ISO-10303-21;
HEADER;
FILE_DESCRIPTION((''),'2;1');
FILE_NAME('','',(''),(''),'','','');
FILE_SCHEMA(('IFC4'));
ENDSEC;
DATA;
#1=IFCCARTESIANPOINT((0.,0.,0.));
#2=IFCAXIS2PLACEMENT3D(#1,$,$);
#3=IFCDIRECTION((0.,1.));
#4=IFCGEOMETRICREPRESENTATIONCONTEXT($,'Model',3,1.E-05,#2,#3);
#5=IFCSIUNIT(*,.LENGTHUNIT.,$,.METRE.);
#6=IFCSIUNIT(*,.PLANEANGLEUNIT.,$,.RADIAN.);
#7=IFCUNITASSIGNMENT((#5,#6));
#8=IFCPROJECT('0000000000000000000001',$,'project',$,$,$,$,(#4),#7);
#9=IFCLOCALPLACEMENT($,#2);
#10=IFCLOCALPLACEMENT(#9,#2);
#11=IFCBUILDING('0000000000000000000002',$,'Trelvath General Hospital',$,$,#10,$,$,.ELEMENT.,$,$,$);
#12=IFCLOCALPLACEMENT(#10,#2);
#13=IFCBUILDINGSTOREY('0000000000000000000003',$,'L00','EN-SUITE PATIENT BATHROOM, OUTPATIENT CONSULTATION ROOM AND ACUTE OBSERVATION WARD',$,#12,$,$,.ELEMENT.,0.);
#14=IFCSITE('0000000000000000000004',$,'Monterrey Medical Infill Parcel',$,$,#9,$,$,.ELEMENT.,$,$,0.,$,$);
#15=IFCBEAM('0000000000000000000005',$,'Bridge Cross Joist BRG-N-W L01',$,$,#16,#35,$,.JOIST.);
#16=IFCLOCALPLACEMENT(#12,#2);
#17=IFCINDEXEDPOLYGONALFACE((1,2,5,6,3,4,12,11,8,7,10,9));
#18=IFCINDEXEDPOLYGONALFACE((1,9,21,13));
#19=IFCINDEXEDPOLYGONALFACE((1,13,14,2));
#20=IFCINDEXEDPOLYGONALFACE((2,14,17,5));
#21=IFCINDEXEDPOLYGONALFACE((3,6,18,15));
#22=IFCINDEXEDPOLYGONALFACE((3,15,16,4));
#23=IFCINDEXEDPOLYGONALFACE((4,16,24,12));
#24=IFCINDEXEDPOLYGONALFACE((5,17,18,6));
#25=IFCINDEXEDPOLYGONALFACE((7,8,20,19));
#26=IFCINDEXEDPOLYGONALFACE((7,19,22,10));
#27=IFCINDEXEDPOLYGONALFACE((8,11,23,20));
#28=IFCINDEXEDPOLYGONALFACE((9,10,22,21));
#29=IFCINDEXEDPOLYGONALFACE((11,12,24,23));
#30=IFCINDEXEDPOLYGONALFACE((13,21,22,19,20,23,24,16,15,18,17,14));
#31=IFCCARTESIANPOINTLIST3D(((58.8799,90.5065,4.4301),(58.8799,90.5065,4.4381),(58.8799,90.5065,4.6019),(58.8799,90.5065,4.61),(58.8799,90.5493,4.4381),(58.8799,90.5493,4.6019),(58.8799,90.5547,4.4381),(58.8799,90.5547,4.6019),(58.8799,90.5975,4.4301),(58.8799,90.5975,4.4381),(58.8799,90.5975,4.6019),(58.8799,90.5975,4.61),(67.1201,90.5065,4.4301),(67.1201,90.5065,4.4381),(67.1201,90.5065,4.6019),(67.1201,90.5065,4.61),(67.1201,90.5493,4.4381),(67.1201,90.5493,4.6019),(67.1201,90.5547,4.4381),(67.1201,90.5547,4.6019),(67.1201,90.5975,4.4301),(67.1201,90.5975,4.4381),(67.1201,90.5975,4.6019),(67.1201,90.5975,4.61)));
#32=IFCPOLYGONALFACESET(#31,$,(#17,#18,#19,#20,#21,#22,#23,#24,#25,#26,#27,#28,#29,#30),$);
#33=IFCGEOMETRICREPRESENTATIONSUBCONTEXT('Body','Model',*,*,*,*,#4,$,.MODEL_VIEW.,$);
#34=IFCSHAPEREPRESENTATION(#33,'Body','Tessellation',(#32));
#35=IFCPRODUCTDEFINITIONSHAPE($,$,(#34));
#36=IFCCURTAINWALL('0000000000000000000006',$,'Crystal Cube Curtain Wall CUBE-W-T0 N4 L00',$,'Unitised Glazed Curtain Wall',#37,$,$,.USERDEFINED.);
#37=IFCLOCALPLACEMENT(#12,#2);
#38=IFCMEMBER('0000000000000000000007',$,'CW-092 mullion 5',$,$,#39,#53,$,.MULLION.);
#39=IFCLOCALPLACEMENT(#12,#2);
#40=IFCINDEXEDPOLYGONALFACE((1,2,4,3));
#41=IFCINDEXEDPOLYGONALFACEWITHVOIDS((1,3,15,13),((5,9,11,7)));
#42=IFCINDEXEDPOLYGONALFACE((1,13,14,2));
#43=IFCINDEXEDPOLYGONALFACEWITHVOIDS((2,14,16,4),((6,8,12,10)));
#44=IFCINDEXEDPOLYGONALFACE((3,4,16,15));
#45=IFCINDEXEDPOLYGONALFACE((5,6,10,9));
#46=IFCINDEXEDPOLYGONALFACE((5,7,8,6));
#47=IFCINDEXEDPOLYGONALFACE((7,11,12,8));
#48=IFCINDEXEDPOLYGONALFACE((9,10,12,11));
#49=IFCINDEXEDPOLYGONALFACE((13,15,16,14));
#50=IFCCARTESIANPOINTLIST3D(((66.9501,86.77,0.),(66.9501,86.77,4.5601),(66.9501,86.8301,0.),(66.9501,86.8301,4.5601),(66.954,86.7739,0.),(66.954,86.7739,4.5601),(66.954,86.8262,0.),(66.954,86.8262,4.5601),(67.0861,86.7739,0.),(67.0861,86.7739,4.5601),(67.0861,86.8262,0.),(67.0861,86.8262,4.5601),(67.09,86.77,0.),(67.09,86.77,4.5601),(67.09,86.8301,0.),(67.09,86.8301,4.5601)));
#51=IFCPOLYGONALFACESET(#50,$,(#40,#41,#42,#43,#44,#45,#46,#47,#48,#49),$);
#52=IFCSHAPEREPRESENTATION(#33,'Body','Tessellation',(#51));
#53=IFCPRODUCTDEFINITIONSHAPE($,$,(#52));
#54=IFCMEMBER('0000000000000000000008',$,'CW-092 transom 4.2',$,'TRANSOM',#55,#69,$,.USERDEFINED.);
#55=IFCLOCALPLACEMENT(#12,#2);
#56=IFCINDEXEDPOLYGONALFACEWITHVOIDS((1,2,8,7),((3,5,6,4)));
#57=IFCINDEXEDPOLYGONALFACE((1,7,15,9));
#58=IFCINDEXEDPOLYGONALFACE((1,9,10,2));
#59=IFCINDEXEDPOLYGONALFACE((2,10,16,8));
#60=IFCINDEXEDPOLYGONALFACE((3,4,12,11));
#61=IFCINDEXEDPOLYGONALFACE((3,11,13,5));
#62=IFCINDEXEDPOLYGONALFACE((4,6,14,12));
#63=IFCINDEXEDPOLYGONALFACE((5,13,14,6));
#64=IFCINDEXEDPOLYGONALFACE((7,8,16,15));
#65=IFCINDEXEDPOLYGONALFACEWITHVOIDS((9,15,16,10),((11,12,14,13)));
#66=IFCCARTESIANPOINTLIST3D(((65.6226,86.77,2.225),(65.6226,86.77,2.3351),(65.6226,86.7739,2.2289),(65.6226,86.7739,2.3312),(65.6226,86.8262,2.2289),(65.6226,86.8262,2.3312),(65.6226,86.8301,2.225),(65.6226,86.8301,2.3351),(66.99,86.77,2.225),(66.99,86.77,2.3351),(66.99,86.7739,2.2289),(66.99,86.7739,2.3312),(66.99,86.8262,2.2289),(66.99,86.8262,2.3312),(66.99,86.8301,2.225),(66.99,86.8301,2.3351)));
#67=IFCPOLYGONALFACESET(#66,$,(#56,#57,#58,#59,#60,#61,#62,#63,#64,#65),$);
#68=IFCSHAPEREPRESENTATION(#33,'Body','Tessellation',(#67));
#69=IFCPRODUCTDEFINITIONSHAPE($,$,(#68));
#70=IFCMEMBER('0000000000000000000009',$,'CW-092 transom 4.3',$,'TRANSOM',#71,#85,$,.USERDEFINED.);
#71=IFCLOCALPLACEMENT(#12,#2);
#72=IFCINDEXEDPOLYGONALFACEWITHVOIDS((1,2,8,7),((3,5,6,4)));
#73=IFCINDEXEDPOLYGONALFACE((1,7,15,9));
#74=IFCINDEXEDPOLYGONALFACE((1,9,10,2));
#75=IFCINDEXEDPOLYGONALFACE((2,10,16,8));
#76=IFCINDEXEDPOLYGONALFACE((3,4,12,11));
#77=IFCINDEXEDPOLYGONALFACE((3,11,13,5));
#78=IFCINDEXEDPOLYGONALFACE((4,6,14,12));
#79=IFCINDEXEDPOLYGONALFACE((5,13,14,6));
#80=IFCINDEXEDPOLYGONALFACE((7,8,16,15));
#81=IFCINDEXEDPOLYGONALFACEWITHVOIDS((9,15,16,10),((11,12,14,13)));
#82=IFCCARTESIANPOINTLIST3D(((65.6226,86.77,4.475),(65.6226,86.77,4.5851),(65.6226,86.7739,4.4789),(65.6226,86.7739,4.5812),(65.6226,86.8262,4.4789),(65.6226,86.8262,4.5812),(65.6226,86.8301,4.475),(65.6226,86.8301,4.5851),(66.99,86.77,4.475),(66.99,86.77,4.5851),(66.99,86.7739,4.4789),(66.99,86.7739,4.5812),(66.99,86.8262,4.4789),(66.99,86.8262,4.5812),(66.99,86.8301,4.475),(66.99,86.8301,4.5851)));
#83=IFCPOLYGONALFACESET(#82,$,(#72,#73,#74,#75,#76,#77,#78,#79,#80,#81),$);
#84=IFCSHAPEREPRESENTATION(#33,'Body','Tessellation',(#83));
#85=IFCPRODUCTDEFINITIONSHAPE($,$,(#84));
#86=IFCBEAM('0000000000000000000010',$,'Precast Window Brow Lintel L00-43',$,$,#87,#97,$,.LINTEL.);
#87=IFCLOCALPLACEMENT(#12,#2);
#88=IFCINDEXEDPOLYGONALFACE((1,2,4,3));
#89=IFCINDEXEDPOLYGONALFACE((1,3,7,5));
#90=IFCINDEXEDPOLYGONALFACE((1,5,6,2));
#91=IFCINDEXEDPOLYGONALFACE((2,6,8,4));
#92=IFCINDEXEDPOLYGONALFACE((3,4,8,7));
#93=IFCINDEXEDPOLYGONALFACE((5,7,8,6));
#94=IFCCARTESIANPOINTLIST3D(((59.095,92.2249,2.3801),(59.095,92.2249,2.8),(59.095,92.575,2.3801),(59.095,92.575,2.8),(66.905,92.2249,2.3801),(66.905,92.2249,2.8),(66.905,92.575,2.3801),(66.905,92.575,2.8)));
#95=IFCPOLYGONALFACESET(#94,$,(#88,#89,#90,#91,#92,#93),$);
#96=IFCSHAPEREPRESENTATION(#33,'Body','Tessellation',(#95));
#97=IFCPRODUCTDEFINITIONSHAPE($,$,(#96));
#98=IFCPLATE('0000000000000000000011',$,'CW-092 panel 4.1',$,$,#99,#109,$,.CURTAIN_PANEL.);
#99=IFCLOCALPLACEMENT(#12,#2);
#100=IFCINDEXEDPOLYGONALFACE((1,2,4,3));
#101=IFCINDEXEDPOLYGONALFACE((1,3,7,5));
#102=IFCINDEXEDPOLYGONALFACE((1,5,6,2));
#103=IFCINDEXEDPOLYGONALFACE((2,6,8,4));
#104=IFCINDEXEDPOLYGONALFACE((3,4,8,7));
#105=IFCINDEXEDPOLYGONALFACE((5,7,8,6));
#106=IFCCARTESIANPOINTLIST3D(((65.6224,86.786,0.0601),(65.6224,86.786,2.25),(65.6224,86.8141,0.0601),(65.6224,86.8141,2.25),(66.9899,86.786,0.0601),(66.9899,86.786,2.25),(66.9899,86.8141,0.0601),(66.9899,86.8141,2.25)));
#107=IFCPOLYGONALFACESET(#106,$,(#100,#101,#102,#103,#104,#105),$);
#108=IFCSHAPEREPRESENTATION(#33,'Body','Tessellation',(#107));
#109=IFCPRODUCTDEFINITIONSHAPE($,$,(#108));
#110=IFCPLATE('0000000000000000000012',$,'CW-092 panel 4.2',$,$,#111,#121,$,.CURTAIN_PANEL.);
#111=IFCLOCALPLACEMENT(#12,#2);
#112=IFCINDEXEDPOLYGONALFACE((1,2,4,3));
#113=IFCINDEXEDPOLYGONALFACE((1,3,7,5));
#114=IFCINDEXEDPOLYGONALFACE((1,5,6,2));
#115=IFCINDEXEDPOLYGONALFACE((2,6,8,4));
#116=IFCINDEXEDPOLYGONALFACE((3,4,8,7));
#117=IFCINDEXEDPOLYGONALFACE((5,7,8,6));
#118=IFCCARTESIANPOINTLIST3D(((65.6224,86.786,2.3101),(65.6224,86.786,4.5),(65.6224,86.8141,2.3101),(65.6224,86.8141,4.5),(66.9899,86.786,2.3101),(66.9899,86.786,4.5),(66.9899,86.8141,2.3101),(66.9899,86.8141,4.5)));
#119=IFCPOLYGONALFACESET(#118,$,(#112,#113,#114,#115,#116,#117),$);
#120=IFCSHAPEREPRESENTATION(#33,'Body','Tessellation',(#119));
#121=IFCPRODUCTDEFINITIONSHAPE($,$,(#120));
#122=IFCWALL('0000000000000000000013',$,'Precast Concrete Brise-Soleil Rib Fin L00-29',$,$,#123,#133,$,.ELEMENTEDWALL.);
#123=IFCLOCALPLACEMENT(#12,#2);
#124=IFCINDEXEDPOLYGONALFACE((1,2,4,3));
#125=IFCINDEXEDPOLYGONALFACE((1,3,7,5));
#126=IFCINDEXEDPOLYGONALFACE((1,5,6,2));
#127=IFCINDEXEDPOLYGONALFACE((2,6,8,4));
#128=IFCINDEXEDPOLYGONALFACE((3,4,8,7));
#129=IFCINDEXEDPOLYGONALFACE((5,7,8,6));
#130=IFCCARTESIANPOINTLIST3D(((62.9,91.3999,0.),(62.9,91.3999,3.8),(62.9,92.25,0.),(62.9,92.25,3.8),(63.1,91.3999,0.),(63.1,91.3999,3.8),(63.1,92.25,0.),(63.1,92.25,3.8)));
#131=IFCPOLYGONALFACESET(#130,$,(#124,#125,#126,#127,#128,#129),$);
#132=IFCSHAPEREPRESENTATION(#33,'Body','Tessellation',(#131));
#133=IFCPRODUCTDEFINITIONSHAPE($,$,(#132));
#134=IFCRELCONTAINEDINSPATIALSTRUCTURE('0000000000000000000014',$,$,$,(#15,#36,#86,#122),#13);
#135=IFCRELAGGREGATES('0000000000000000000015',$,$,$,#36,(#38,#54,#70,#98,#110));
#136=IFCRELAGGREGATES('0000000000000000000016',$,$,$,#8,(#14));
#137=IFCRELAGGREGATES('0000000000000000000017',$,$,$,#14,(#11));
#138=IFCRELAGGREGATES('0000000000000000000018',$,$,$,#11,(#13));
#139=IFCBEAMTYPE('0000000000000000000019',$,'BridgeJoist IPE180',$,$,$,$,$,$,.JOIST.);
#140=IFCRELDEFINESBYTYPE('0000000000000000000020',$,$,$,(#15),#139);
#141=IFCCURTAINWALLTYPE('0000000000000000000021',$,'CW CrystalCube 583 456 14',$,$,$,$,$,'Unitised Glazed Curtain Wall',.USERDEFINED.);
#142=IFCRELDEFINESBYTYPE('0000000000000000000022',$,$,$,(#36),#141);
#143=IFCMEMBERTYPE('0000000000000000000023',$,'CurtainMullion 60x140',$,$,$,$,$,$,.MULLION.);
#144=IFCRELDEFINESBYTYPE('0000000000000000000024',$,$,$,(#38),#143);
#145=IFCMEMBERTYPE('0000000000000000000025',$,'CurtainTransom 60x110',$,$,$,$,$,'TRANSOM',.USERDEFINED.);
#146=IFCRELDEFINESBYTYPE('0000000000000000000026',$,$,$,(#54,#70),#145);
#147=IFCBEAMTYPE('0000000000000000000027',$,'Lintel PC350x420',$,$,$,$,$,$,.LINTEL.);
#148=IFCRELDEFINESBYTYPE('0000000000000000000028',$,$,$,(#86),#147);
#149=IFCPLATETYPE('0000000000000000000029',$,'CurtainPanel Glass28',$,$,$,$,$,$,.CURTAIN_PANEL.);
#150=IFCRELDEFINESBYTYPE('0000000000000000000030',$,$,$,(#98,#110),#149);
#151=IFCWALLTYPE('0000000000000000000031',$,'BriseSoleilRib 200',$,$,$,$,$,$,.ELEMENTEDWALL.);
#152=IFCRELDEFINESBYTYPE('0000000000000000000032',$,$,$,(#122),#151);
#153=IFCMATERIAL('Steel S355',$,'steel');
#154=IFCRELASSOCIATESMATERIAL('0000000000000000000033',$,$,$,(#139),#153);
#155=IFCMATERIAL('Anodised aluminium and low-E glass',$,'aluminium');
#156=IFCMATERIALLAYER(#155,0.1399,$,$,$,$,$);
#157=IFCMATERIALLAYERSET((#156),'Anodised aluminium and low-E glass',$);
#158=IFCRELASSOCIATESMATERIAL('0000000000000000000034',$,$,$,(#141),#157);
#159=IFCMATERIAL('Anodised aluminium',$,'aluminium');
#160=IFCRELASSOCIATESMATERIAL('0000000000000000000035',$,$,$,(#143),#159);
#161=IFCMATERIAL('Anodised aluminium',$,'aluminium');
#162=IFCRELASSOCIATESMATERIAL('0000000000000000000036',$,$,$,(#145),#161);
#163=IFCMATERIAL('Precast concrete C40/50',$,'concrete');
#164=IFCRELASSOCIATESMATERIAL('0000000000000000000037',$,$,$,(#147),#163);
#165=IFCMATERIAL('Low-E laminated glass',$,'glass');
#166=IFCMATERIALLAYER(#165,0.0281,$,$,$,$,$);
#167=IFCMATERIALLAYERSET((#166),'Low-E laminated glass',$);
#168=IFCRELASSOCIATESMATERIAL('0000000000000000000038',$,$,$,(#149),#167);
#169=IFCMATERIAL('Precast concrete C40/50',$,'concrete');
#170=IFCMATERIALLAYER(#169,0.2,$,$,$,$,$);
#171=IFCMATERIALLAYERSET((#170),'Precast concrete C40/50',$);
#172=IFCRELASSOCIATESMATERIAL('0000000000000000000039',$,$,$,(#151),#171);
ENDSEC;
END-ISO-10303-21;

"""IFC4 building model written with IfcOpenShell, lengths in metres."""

from ifc_helpers import new_model, si_unit, direction, frame, frame_2d, origin, origin_2d, place, context, subcontext, project, spatial, rectangle, hollow_rectangle, i_section, extrude, material, layer, layer_set, material_profile, profile_set, type_object, element, aggregate, save


model = new_model("IFC4")

# Units and contexts
model_context = context("Model", 3, precision=1e-05, world=origin(), true_north=direction((0.0, 1.0)))
body_context = subcontext(model_context, "Body", "Model", "MODEL_VIEW")
ifc_project = project(units=[si_unit("LENGTHUNIT", "METRE"), si_unit("PLANEANGLEUNIT", "RADIAN")], contexts=[model_context])

# Site, building, storey
site_placement = place(None, origin())
site = spatial("IfcSite", under=ifc_project, at=site_placement, Name="Monterrey Medical Infill Parcel", CompositionType="ELEMENT", RefElevation=0.0)
building_placement = place(site_placement, origin())
building = spatial("IfcBuilding", under=site, at=building_placement, Name="Trelvath General Hospital", CompositionType="ELEMENT")
storey_placement = place(building_placement, origin())
storey = spatial("IfcBuildingStorey", under=building, at=storey_placement, Name="L00", Description="EN-SUITE PATIENT BATHROOM, OUTPATIENT CONSULTATION ROOM AND ACUTE OBSERVATION WARD", CompositionType="ELEMENT", Elevation=0.0)

# Beam
ifc_material_1 = material(Name="Steel S355", Category="steel")
ifc_material_profile_1 = material_profile(ifc_material_1, i_section(OverallWidth=0.0911, OverallDepth=0.1799, WebThickness=0.0054, FlangeThickness=0.0081, at=origin_2d()), Name="IPE180")
ifc_profile_set_1 = profile_set([ifc_material_profile_1], Name="Steel S355")
beam_type_1 = type_object("IfcBeamType", Name="BridgeJoist IPE180", PredefinedType="JOIST", material=ifc_profile_set_1)
for number, where, z_axis, x_axis, name in (
    (1, (58.8799, 90.552, 4.52), (1.0, 0.0, 0.0), (0.0, 1.0, 0.0), "Bridge Cross Joist BRG-N-W L01"),
):
    element("IfcBeam", number, at=place(storey_placement, frame(where, z_axis=z_axis, x_axis=x_axis)), inside=storey, type_object=beam_type_1, Name=name, PredefinedType="JOIST", context=body_context, shape_type="SweptSolid", body=[
        extrude(i_section(OverallWidth=0.0911, OverallDepth=0.1799, WebThickness=0.0054, FlangeThickness=0.0081, at=origin_2d()), origin(), (0.0, 0.0, 1.0), 8.2402),
    ])

# Curtain wall, members
ifc_material_2 = material(Name="Anodised aluminium and low-E glass", Category="aluminium")
ifc_layer_1 = layer(ifc_material_2, 0.1399)
ifc_layer_set_1 = layer_set([ifc_layer_1], Name="Anodised aluminium and low-E glass")
curtain_wall_type = type_object("IfcCurtainWallType", Name="CW CrystalCube 583 456 14", ElementType="Unitised Glazed Curtain Wall", PredefinedType="USERDEFINED", material=ifc_layer_set_1)
curtain_wall_placement = place(storey_placement, origin())
curtain_wall = element("IfcCurtainWall", 2, at=curtain_wall_placement, inside=storey, type_object=curtain_wall_type, Name="Crystal Cube Curtain Wall CUBE-W-T0 N4 L00", ObjectType="Unitised Glazed Curtain Wall", PredefinedType="USERDEFINED")
ifc_material_3 = material(Name="Anodised aluminium", Category="aluminium")
ifc_material_profile_2 = material_profile(ifc_material_3, hollow_rectangle(XDim=0.0601, YDim=0.1399, WallThickness=0.0039, at=origin_2d()), Name="RHS60x140x4")
ifc_profile_set_2 = profile_set([ifc_material_profile_2], Name="Anodised aluminium")
member_type_1 = type_object("IfcMemberType", Name="CurtainMullion 60x140", PredefinedType="MULLION", material=ifc_profile_set_2)
member_1_placement = place(storey_placement, frame((67.02, 86.8, 0.0), z_axis=(0.0, 0.0, 1.0), x_axis=(0.0, 1.0, 0.0)))
member_1 = element("IfcMember", 3, at=member_1_placement, type_object=member_type_1, Name="CW-092 mullion 5", PredefinedType="MULLION", context=body_context, shape_type="SweptSolid", body=[
    extrude(hollow_rectangle(XDim=0.0601, YDim=0.1399, WallThickness=0.0039, at=origin_2d()), origin(), (0.0, 0.0, 1.0), 4.5601),
])
ifc_material_4 = material(Name="Anodised aluminium", Category="aluminium")
ifc_material_profile_3 = material_profile(ifc_material_4, hollow_rectangle(XDim=0.0601, YDim=0.1101, WallThickness=0.0039, at=origin_2d()), Name="RHS60x110x4")
ifc_profile_set_3 = profile_set([ifc_material_profile_3], Name="Anodised aluminium")
member_type_2 = type_object("IfcMemberType", Name="CurtainTransom 60x110", ElementType="TRANSOM", PredefinedType="USERDEFINED", material=ifc_profile_set_3)
member_2_placement = place(storey_placement, frame((65.6226, 86.8, 2.28), z_axis=(1.0, 0.0, 0.0), x_axis=(0.0, 1.0, 0.0)))
member_2 = element("IfcMember", 4, at=member_2_placement, type_object=member_type_2, Name="CW-092 transom 4.2", ObjectType="TRANSOM", PredefinedType="USERDEFINED", context=body_context, shape_type="SweptSolid", body=[
    extrude(hollow_rectangle(XDim=0.0601, YDim=0.1101, WallThickness=0.0039, at=origin_2d()), origin(), (0.0, 0.0, 1.0), 1.3674),
])
member_3_placement = place(storey_placement, frame((65.6226, 86.8, 4.53), z_axis=(1.0, 0.0, 0.0), x_axis=(0.0, 1.0, 0.0)))
member_3 = element("IfcMember", 5, at=member_3_placement, type_object=member_type_2, Name="CW-092 transom 4.3", ObjectType="TRANSOM", PredefinedType="USERDEFINED", context=body_context, shape_type="SweptSolid", body=[
    extrude(hollow_rectangle(XDim=0.0601, YDim=0.1101, WallThickness=0.0039, at=origin_2d()), origin(), (0.0, 0.0, 1.0), 1.3674),
])

# Beam
ifc_material_5 = material(Name="Precast concrete C40/50", Category="concrete")
ifc_material_profile_4 = material_profile(ifc_material_5, rectangle(XDim=0.3501, YDim=0.4199, at=origin_2d()), Name="PCL350x420")
ifc_profile_set_4 = profile_set([ifc_material_profile_4], Name="Precast concrete C40/50")
beam_type_2 = type_object("IfcBeamType", Name="Lintel PC350x420", PredefinedType="LINTEL", material=ifc_profile_set_4)
beam_1_placement = place(storey_placement, frame((66.905, 92.3999, 2.5901), z_axis=(-1.0, 0.0, 0.0), x_axis=(0.0, -1.0, 0.0)))
element("IfcBeam", 6, at=beam_1_placement, inside=storey, type_object=beam_type_2, Name="Precast Window Brow Lintel L00-43", PredefinedType="LINTEL", context=body_context, shape_type="SweptSolid", body=[
    extrude(rectangle(XDim=0.3501, YDim=0.4199, at=origin_2d()), origin(), (0.0, 0.0, 1.0), 7.8101),
])

# Plates
ifc_material_6 = material(Name="Low-E laminated glass", Category="glass")
ifc_layer_2 = layer(ifc_material_6, 0.0281)
ifc_layer_set_2 = layer_set([ifc_layer_2], Name="Low-E laminated glass")
plate_type = type_object("IfcPlateType", Name="CurtainPanel Glass28", PredefinedType="CURTAIN_PANEL", material=ifc_layer_set_2)
plate_1_placement = place(storey_placement, frame((66.3062, 86.8, 0.0601), z_axis=(0.0, 0.0, 1.0), x_axis=(1.0, 0.0, 0.0)))
plate_1 = element("IfcPlate", 7, at=plate_1_placement, type_object=plate_type, Name="CW-092 panel 4.1", PredefinedType="CURTAIN_PANEL", context=body_context, shape_type="SweptSolid", body=[
    extrude(rectangle(XDim=1.3674, YDim=0.0281, at=origin_2d()), origin(), (0.0, 0.0, 1.0), 2.1899),
])
plate_2_placement = place(storey_placement, frame((66.3062, 86.8, 2.3101), z_axis=(0.0, 0.0, 1.0), x_axis=(1.0, 0.0, 0.0)))
plate_2 = element("IfcPlate", 8, at=plate_2_placement, type_object=plate_type, Name="CW-092 panel 4.2", PredefinedType="CURTAIN_PANEL", context=body_context, shape_type="SweptSolid", body=[
    extrude(rectangle(XDim=1.3674, YDim=0.0281, at=origin_2d()), origin(), (0.0, 0.0, 1.0), 2.1899),
])
aggregate(curtain_wall, [member_1, member_2, member_3, plate_1, plate_2])

# Wall
ifc_material_7 = material(Name="Precast concrete C40/50", Category="concrete")
ifc_layer_3 = layer(ifc_material_7, 0.2)
ifc_layer_set_3 = layer_set([ifc_layer_3], Name="Precast concrete C40/50")
wall_type_1 = type_object("IfcWallType", Name="BriseSoleilRib 200", PredefinedType="ELEMENTEDWALL", material=ifc_layer_set_3)
wall_1_placement = place(storey_placement, frame((63.0, 92.25, 0.0), z_axis=(0.0, 0.0, 1.0), x_axis=(0.0, -1.0, 0.0)))
element("IfcWall", 9, at=wall_1_placement, inside=storey, type_object=wall_type_1, Name="Precast Concrete Brise-Soleil Rib Fin L00-29", PredefinedType="ELEMENTEDWALL", context=body_context, shape_type="SweptSolid", body=[
    extrude(rectangle(XDim=0.8501, YDim=0.2, at=frame_2d((0.425, 0.0))), origin(), (0.0, 0.0, 1.0), 3.8),
])

save(model, "model.ifc")
